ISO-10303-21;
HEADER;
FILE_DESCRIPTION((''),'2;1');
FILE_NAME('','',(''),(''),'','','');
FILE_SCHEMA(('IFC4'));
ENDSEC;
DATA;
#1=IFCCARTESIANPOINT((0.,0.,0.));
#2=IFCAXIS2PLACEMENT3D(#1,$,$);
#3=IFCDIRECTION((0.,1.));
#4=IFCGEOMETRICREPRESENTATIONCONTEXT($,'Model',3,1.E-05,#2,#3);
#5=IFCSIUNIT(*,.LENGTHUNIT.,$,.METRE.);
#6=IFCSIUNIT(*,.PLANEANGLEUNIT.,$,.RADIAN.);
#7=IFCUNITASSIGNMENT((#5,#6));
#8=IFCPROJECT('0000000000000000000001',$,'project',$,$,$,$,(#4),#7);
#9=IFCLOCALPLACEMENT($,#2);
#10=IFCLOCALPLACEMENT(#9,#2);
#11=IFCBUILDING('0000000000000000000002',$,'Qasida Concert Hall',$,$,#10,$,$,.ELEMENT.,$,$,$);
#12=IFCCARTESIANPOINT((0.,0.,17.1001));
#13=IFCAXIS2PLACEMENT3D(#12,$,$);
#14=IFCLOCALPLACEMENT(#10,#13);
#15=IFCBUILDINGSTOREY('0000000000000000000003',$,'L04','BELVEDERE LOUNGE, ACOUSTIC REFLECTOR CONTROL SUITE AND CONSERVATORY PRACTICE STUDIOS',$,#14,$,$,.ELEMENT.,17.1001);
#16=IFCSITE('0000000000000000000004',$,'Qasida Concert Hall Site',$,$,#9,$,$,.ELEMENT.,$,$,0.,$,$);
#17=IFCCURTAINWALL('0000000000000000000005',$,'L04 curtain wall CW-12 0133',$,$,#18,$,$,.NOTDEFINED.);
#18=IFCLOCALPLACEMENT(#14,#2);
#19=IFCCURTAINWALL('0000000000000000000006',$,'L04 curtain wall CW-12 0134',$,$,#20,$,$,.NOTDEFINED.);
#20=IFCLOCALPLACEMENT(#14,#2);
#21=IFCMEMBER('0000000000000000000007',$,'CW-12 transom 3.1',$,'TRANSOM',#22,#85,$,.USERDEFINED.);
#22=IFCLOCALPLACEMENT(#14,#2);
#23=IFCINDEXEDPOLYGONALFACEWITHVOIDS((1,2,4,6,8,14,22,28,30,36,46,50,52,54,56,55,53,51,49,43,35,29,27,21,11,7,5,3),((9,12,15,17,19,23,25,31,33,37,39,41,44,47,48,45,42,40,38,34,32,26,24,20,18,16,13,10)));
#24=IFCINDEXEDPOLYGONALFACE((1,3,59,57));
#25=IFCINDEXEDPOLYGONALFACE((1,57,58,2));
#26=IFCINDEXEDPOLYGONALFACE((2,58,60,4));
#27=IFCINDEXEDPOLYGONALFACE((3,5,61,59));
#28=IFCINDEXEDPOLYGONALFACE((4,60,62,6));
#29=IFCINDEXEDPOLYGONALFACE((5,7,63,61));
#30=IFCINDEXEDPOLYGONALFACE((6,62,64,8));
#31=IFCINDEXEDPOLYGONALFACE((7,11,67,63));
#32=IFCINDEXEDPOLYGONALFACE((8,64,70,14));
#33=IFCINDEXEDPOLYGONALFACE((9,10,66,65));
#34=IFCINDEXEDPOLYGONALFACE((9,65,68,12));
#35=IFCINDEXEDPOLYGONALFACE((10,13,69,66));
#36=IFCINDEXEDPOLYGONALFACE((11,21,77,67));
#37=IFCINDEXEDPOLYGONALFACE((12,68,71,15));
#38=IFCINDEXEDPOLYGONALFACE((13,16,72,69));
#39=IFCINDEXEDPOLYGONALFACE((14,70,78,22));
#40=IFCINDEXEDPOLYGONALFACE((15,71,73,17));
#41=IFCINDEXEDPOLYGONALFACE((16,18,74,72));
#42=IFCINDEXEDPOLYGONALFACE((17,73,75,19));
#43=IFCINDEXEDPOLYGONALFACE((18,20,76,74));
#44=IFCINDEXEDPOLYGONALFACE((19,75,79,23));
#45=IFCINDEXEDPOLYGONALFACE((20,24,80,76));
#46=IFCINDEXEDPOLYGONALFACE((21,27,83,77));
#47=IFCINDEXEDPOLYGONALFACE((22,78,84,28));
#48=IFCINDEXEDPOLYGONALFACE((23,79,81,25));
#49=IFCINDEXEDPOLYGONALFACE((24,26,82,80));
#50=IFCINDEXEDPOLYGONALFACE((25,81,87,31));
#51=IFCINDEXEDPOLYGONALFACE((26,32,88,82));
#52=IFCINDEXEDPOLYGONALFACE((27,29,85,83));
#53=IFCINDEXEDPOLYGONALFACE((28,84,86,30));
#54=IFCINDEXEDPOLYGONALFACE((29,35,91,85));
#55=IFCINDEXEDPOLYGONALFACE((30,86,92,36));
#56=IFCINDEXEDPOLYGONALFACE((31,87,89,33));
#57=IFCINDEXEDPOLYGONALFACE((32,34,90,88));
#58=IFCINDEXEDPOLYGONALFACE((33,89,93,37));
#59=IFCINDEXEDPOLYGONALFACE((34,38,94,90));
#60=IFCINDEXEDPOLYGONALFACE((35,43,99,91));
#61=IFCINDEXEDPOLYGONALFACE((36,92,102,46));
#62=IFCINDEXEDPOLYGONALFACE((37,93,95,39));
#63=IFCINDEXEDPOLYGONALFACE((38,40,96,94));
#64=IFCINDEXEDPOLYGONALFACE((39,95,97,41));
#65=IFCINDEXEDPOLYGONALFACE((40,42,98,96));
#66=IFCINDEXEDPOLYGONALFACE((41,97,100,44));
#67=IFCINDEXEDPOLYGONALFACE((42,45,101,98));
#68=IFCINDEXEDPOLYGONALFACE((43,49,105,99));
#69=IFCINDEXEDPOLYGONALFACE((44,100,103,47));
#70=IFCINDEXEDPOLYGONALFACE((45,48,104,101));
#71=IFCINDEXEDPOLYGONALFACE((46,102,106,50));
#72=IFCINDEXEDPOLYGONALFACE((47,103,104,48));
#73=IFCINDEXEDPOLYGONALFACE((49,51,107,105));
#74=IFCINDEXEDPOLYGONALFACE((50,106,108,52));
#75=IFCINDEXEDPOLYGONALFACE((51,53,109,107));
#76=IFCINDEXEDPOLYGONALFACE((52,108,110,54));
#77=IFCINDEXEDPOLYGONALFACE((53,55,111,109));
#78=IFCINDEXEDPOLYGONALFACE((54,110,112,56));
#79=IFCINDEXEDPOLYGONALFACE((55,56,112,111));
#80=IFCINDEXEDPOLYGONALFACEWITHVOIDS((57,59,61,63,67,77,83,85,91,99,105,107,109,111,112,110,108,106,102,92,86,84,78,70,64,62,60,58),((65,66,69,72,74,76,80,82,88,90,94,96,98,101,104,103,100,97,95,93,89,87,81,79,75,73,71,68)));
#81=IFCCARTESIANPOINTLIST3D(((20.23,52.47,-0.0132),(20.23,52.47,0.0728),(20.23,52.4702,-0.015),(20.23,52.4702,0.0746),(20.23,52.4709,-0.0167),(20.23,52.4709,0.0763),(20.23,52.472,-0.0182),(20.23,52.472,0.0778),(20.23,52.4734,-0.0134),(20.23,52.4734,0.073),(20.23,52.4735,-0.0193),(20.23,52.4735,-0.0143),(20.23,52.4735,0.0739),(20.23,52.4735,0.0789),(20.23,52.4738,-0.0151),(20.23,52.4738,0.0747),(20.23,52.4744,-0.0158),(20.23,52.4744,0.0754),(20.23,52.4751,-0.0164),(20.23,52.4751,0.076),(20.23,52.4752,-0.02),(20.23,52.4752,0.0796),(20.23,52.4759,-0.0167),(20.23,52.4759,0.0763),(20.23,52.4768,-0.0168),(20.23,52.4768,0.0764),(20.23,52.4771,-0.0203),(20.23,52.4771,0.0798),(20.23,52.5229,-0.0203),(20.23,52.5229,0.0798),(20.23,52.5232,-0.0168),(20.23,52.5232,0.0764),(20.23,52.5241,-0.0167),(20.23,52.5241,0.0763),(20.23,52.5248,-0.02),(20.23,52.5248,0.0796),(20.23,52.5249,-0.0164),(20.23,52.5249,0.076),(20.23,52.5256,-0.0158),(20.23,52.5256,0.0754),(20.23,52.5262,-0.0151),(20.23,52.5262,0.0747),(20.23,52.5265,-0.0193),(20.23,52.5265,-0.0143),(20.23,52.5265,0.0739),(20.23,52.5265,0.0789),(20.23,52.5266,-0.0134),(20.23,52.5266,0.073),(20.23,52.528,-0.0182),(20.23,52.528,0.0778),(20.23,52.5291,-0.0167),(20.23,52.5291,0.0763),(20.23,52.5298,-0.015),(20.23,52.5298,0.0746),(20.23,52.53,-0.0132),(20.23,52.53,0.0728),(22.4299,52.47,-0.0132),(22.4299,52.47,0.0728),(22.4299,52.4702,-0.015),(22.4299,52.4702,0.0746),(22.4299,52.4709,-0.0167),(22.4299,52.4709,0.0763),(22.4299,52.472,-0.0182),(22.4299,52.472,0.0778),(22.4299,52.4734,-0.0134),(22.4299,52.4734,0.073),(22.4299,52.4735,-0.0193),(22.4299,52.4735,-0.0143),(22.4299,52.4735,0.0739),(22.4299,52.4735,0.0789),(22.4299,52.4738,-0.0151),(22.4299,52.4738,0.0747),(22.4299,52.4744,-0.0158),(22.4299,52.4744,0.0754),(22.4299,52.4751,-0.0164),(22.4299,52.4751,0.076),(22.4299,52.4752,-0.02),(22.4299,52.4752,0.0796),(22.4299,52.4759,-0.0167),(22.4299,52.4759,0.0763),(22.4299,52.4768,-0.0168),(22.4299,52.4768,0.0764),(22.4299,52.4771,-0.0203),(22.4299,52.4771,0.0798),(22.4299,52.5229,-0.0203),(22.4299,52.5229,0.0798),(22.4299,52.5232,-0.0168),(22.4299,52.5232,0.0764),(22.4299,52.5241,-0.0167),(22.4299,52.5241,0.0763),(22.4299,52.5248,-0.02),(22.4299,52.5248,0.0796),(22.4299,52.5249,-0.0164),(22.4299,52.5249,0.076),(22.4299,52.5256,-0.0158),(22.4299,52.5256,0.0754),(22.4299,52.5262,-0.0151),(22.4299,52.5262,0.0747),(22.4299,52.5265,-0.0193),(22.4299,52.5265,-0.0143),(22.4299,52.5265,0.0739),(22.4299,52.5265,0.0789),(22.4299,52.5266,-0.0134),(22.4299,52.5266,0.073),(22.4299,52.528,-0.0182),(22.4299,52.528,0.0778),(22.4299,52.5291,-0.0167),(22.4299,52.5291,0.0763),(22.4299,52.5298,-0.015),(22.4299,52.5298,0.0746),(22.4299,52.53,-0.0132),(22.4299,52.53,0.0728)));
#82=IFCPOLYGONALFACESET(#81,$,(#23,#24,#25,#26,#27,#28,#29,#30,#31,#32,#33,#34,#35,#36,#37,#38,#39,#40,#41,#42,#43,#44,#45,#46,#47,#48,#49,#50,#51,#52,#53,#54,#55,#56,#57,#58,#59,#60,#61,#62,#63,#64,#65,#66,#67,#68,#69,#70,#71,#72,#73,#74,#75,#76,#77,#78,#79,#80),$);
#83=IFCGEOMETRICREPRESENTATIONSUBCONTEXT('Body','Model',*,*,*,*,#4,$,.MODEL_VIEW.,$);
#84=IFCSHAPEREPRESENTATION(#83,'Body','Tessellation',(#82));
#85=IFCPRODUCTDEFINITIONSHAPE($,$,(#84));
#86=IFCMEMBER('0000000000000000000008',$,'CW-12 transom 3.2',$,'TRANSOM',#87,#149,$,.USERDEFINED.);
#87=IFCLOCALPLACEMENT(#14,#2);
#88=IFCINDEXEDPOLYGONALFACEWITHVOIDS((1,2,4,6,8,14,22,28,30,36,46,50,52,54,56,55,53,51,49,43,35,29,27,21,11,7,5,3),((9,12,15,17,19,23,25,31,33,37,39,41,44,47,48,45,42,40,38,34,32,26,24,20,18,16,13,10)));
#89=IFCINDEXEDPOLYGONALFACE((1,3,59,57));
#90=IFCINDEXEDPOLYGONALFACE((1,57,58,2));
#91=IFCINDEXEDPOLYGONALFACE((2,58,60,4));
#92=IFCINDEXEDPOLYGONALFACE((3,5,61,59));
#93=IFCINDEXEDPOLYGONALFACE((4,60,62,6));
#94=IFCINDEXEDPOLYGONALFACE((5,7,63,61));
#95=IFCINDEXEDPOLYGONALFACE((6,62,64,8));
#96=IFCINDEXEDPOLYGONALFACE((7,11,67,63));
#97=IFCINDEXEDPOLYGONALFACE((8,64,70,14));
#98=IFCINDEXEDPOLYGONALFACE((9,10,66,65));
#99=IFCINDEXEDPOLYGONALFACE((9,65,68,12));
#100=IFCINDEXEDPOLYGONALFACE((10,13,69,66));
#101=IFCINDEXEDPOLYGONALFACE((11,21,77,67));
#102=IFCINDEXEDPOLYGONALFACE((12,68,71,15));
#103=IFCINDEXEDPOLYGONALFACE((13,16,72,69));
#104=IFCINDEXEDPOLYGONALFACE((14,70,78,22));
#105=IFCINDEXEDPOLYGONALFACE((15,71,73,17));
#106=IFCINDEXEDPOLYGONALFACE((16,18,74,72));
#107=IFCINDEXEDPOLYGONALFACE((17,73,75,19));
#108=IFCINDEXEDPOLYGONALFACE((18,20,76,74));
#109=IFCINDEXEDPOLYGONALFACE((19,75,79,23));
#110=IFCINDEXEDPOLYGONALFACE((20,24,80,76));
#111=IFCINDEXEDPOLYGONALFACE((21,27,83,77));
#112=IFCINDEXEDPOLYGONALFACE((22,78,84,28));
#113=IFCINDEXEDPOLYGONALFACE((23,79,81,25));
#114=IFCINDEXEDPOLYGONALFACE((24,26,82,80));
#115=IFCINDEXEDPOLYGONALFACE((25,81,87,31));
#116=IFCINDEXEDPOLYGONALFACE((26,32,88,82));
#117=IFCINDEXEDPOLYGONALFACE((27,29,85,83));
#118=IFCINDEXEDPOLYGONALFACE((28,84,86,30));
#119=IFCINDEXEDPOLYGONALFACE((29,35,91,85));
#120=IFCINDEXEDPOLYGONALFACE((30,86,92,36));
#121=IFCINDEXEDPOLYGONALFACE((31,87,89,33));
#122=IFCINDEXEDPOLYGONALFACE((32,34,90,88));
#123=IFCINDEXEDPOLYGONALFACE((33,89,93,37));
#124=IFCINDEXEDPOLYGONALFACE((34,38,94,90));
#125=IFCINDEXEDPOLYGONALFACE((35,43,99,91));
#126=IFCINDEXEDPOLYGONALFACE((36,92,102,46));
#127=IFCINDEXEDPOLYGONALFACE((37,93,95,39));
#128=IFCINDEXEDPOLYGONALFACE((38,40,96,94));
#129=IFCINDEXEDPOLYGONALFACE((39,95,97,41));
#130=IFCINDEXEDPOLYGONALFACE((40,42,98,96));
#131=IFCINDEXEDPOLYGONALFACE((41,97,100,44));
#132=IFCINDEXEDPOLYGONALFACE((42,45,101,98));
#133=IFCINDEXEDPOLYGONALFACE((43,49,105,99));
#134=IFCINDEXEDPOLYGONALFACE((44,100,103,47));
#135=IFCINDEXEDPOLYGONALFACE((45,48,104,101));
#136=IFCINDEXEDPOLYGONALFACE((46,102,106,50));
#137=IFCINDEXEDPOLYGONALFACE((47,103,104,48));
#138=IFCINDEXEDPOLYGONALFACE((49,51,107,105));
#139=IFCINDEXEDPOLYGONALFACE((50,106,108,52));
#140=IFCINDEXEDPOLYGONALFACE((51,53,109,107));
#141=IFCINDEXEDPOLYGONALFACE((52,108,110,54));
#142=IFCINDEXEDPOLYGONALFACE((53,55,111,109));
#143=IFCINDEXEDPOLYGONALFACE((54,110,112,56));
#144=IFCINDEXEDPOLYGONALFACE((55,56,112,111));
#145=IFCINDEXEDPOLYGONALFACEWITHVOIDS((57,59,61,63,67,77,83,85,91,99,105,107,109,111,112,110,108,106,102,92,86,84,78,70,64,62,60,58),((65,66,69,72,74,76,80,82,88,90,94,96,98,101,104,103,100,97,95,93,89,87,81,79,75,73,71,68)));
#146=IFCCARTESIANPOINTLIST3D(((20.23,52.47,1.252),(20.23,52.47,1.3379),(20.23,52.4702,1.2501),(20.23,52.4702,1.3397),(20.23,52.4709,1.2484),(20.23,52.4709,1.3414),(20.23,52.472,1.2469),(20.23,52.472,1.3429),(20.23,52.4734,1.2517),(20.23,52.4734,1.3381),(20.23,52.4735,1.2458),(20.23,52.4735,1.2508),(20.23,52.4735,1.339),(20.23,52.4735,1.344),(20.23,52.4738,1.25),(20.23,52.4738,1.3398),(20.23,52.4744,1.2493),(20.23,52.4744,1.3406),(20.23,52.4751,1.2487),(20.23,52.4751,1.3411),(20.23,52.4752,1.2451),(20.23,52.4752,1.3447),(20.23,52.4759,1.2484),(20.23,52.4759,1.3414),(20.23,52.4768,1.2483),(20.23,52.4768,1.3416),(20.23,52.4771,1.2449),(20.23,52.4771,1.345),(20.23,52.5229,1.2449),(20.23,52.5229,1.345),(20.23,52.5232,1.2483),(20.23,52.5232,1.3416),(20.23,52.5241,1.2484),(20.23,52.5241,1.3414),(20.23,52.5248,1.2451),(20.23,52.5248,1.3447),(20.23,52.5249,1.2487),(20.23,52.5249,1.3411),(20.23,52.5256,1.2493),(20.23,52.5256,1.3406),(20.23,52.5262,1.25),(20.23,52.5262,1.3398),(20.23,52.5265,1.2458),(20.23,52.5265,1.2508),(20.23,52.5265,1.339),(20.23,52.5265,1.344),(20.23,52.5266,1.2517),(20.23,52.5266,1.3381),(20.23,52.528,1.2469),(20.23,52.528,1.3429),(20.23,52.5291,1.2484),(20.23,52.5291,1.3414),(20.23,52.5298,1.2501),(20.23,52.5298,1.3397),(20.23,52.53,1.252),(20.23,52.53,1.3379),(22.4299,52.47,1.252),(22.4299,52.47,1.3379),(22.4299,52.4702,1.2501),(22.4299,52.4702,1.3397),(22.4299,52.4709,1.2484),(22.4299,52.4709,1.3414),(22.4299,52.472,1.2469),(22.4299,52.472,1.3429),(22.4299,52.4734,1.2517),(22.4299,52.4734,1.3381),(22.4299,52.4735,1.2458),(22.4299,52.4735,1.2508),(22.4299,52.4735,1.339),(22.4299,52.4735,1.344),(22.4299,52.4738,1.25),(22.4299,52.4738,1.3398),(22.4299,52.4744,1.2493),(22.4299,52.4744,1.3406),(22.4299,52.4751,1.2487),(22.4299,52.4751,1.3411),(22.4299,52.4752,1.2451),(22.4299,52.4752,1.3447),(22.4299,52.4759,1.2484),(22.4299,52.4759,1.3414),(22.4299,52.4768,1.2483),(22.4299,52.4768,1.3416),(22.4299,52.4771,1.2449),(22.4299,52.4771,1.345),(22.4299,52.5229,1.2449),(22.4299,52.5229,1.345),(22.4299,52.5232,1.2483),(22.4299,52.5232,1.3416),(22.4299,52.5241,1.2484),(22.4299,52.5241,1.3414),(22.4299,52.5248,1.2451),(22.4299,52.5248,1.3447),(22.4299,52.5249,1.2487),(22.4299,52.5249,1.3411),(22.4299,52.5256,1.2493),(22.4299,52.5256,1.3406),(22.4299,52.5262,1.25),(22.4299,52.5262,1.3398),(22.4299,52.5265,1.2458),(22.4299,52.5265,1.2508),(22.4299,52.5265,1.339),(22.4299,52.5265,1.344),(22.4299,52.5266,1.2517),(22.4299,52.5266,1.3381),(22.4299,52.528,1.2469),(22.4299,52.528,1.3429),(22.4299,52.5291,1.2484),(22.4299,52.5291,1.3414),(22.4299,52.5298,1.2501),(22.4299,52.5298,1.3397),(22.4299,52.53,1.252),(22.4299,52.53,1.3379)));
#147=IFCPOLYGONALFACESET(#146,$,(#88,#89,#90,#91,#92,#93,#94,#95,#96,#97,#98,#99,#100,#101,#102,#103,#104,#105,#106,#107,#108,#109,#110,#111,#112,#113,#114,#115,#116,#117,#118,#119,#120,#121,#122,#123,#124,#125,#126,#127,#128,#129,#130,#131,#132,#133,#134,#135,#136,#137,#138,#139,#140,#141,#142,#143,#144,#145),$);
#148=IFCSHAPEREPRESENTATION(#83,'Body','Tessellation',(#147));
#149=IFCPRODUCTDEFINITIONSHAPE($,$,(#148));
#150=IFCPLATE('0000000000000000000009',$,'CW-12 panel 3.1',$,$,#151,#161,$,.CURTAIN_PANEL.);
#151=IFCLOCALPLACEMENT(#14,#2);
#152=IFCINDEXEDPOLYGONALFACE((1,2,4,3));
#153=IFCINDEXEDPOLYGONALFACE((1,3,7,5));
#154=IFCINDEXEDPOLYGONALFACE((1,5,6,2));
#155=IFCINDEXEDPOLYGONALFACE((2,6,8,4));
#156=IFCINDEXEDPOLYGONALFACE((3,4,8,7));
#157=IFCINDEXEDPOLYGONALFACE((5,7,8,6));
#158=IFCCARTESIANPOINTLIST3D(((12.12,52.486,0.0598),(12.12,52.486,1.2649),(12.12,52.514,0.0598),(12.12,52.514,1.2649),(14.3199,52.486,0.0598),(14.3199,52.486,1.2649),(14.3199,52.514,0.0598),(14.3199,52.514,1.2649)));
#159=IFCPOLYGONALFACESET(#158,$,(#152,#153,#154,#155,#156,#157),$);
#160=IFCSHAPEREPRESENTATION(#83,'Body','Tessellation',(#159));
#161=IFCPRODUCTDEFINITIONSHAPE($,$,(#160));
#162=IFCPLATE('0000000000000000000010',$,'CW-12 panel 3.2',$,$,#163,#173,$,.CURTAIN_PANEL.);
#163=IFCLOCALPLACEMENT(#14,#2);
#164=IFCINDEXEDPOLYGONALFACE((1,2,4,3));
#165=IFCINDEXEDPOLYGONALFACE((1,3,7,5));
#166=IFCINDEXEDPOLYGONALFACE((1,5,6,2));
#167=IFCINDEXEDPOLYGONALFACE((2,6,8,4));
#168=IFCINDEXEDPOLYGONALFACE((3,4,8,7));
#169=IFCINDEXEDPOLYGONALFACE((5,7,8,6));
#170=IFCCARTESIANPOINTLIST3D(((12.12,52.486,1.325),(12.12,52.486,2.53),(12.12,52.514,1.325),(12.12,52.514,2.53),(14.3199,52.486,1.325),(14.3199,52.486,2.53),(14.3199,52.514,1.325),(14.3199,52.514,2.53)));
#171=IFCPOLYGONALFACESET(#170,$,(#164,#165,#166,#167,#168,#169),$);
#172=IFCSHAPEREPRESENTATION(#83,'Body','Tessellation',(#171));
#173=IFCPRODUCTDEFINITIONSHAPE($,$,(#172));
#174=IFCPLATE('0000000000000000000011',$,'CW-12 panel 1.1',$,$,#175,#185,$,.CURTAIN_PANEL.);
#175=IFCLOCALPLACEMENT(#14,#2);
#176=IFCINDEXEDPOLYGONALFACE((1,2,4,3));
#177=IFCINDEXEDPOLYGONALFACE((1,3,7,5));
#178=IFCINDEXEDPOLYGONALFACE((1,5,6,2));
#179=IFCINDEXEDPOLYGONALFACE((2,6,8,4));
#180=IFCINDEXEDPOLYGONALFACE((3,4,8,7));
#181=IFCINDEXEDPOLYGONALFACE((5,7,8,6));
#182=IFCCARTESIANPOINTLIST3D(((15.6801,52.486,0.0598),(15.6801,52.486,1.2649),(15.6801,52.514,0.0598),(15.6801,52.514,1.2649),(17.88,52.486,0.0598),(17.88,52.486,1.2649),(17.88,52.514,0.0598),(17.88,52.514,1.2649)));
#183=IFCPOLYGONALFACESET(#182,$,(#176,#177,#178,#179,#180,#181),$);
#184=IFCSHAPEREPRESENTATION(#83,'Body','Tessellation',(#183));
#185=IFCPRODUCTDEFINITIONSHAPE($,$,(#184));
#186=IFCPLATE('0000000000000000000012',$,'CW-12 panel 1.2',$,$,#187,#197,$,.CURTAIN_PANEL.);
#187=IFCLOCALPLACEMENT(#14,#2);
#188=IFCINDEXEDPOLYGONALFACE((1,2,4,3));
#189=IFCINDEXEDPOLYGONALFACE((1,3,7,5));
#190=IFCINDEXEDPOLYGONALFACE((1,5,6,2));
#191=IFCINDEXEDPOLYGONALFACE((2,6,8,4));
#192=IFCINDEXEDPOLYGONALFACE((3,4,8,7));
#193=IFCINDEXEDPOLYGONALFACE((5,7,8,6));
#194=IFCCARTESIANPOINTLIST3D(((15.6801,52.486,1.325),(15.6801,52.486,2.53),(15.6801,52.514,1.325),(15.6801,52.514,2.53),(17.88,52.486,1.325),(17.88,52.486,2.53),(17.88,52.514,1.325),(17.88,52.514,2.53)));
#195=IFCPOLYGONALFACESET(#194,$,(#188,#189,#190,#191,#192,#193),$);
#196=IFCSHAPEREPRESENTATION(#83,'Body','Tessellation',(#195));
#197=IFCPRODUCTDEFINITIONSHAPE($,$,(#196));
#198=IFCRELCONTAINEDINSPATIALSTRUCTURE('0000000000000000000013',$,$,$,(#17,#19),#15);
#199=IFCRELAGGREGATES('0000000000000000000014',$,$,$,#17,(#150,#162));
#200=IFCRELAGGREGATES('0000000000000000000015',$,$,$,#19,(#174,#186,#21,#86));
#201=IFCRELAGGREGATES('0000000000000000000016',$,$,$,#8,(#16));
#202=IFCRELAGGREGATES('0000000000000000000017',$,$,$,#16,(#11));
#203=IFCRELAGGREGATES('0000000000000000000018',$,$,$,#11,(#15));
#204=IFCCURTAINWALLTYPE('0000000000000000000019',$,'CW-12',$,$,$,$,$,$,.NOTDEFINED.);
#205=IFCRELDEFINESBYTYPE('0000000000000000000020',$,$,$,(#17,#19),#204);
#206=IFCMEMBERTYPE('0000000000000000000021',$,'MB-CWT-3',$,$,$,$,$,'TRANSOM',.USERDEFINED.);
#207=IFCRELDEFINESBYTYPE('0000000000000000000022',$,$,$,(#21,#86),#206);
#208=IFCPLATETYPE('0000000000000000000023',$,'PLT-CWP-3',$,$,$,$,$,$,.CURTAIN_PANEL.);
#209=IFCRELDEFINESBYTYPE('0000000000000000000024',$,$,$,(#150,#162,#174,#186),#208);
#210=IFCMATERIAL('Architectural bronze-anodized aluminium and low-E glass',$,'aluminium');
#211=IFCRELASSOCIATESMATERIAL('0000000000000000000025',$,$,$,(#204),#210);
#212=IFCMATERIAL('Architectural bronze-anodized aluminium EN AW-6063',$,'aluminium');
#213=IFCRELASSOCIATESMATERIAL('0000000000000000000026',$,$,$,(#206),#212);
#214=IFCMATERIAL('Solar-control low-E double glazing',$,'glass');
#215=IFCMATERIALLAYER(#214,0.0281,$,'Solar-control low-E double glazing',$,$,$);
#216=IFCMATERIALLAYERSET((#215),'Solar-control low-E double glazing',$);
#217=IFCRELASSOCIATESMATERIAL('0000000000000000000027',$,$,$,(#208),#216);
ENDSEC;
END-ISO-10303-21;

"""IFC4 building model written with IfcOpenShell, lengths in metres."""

from ifc_helpers import new_model, si_unit, direction, frame, origin, origin_2d, place, context, subcontext, project, spatial, rectangle, hollow_rectangle, extrude, material, layer, layer_set, material_profile, profile_set, type_object, element, aggregate, save


model = new_model("IFC4")

# Units and contexts
model_context = context("Model", 3, precision=1e-05, world=origin(), true_north=direction((0.0, 1.0)))
body_context = subcontext(model_context, "Body", "Model", "MODEL_VIEW")
ifc_project = project(units=[si_unit("LENGTHUNIT", "METRE"), si_unit("PLANEANGLEUNIT", "RADIAN")], contexts=[model_context])

# Site, building, storey
site_placement = place(None, origin())
site = spatial("IfcSite", under=ifc_project, at=site_placement, Name="Qasida Concert Hall Site", CompositionType="ELEMENT", RefElevation=0.0)
building_placement = place(site_placement, origin())
building = spatial("IfcBuilding", under=site, at=building_placement, Name="Qasida Concert Hall", CompositionType="ELEMENT")
storey_placement = place(building_placement, frame((0.0, 0.0, 17.1001)))
storey = spatial("IfcBuildingStorey", under=building, at=storey_placement, Name="L04", Description="BELVEDERE LOUNGE, ACOUSTIC REFLECTOR CONTROL SUITE AND CONSERVATORY PRACTICE STUDIOS", CompositionType="ELEMENT", Elevation=17.1001)

# Curtain wall
ifc_material_1 = material(Name="Architectural bronze-anodized aluminium and low-E glass", Category="aluminium")
curtain_wall_type = type_object("IfcCurtainWallType", Name="CW-12", PredefinedType="NOTDEFINED", material=ifc_material_1)
curtain_wall_1_placement = place(storey_placement, origin())
curtain_wall_1 = element("IfcCurtainWall", 1, at=curtain_wall_1_placement, inside=storey, type_object=curtain_wall_type, Name="L04 curtain wall CW-12 0133", PredefinedType="NOTDEFINED")
ifc_material_2 = material(Name="Architectural bronze-anodized aluminium EN AW-6063", Category="aluminium")

# Curtain wall
curtain_wall_2_placement = place(storey_placement, origin())
curtain_wall_2 = element("IfcCurtainWall", 2, at=curtain_wall_2_placement, inside=storey, type_object=curtain_wall_type, Name="L04 curtain wall CW-12 0134", PredefinedType="NOTDEFINED")

# Members
ifc_material_profile_1 = material_profile(ifc_material_2, hollow_rectangle(XDim=0.0601, YDim=0.1001, WallThickness=0.0034, InnerFilletRadius=0.0034, OuterFilletRadius=0.0071, at=origin_2d()), Name="CWT 100x60x3.5")
ifc_profile_set_1 = profile_set([ifc_material_profile_1], Name="Architectural bronze-anodized aluminium EN AW-6063")
member_type_1 = type_object("IfcMemberType", Name="MB-CWT-3", ElementType="TRANSOM", PredefinedType="USERDEFINED", material=ifc_profile_set_1)
member_1_placement = place(storey_placement, frame((20.23, 52.5, 0.0298), z_axis=(1.0, 0.0, 0.0), x_axis=(0.0, 1.0, 0.0)))
member_1 = element("IfcMember", 3, at=member_1_placement, type_object=member_type_1, Name="CW-12 transom 3.1", ObjectType="TRANSOM", PredefinedType="USERDEFINED", context=body_context, shape_type="SweptSolid", body=[
    extrude(hollow_rectangle(XDim=0.0601, YDim=0.1001, WallThickness=0.0034, InnerFilletRadius=0.0034, OuterFilletRadius=0.0071, at=origin_2d()), origin(), (0.0, 0.0, 1.0), 2.2),
])
member_2_placement = place(storey_placement, frame((20.23, 52.5, 1.2949), z_axis=(1.0, 0.0, 0.0), x_axis=(0.0, 1.0, 0.0)))
member_2 = element("IfcMember", 4, at=member_2_placement, type_object=member_type_1, Name="CW-12 transom 3.2", ObjectType="TRANSOM", PredefinedType="USERDEFINED", context=body_context, shape_type="SweptSolid", body=[
    extrude(hollow_rectangle(XDim=0.0601, YDim=0.1001, WallThickness=0.0034, InnerFilletRadius=0.0034, OuterFilletRadius=0.0071, at=origin_2d()), origin(), (0.0, 0.0, 1.0), 2.2),
])

# Plates
ifc_material_3 = material(Name="Solar-control low-E double glazing", Category="glass")
ifc_layer = layer(ifc_material_3, 0.0281, Name="Solar-control low-E double glazing")
ifc_layer_set = layer_set([ifc_layer], Name="Solar-control low-E double glazing")
plate_type = type_object("IfcPlateType", Name="PLT-CWP-3", PredefinedType="CURTAIN_PANEL", material=ifc_layer_set)
plate_1_placement = place(storey_placement, frame((13.22, 52.5, 0.0598), z_axis=(0.0, 0.0, 1.0), x_axis=(1.0, 0.0, 0.0)))
plate_1 = element("IfcPlate", 5, at=plate_1_placement, type_object=plate_type, Name="CW-12 panel 3.1", PredefinedType="CURTAIN_PANEL", context=body_context, shape_type="SweptSolid", body=[
    extrude(rectangle(XDim=2.2, YDim=0.0281, at=origin_2d()), origin(), (0.0, 0.0, 1.0), 1.2051),
])
plate_2_placement = place(storey_placement, frame((13.22, 52.5, 1.325), z_axis=(0.0, 0.0, 1.0), x_axis=(1.0, 0.0, 0.0)))
plate_2 = element("IfcPlate", 6, at=plate_2_placement, type_object=plate_type, Name="CW-12 panel 3.2", PredefinedType="CURTAIN_PANEL", context=body_context, shape_type="SweptSolid", body=[
    extrude(rectangle(XDim=2.2, YDim=0.0281, at=origin_2d()), origin(), (0.0, 0.0, 1.0), 1.2051),
])
aggregate(curtain_wall_1, [plate_1, plate_2])
plate_3_placement = place(storey_placement, frame((16.78, 52.5, 0.0598), z_axis=(0.0, 0.0, 1.0), x_axis=(1.0, 0.0, 0.0)))
plate_3 = element("IfcPlate", 7, at=plate_3_placement, type_object=plate_type, Name="CW-12 panel 1.1", PredefinedType="CURTAIN_PANEL", context=body_context, shape_type="SweptSolid", body=[
    extrude(rectangle(XDim=2.2, YDim=0.0281, at=origin_2d()), origin(), (0.0, 0.0, 1.0), 1.2051),
])
plate_4_placement = place(storey_placement, frame((16.78, 52.5, 1.325), z_axis=(0.0, 0.0, 1.0), x_axis=(1.0, 0.0, 0.0)))
plate_4 = element("IfcPlate", 8, at=plate_4_placement, type_object=plate_type, Name="CW-12 panel 1.2", PredefinedType="CURTAIN_PANEL", context=body_context, shape_type="SweptSolid", body=[
    extrude(rectangle(XDim=2.2, YDim=0.0281, at=origin_2d()), origin(), (0.0, 0.0, 1.0), 1.2051),
])
aggregate(curtain_wall_2, [plate_3, plate_4, member_1, member_2])

save(model, "model.ifc")
